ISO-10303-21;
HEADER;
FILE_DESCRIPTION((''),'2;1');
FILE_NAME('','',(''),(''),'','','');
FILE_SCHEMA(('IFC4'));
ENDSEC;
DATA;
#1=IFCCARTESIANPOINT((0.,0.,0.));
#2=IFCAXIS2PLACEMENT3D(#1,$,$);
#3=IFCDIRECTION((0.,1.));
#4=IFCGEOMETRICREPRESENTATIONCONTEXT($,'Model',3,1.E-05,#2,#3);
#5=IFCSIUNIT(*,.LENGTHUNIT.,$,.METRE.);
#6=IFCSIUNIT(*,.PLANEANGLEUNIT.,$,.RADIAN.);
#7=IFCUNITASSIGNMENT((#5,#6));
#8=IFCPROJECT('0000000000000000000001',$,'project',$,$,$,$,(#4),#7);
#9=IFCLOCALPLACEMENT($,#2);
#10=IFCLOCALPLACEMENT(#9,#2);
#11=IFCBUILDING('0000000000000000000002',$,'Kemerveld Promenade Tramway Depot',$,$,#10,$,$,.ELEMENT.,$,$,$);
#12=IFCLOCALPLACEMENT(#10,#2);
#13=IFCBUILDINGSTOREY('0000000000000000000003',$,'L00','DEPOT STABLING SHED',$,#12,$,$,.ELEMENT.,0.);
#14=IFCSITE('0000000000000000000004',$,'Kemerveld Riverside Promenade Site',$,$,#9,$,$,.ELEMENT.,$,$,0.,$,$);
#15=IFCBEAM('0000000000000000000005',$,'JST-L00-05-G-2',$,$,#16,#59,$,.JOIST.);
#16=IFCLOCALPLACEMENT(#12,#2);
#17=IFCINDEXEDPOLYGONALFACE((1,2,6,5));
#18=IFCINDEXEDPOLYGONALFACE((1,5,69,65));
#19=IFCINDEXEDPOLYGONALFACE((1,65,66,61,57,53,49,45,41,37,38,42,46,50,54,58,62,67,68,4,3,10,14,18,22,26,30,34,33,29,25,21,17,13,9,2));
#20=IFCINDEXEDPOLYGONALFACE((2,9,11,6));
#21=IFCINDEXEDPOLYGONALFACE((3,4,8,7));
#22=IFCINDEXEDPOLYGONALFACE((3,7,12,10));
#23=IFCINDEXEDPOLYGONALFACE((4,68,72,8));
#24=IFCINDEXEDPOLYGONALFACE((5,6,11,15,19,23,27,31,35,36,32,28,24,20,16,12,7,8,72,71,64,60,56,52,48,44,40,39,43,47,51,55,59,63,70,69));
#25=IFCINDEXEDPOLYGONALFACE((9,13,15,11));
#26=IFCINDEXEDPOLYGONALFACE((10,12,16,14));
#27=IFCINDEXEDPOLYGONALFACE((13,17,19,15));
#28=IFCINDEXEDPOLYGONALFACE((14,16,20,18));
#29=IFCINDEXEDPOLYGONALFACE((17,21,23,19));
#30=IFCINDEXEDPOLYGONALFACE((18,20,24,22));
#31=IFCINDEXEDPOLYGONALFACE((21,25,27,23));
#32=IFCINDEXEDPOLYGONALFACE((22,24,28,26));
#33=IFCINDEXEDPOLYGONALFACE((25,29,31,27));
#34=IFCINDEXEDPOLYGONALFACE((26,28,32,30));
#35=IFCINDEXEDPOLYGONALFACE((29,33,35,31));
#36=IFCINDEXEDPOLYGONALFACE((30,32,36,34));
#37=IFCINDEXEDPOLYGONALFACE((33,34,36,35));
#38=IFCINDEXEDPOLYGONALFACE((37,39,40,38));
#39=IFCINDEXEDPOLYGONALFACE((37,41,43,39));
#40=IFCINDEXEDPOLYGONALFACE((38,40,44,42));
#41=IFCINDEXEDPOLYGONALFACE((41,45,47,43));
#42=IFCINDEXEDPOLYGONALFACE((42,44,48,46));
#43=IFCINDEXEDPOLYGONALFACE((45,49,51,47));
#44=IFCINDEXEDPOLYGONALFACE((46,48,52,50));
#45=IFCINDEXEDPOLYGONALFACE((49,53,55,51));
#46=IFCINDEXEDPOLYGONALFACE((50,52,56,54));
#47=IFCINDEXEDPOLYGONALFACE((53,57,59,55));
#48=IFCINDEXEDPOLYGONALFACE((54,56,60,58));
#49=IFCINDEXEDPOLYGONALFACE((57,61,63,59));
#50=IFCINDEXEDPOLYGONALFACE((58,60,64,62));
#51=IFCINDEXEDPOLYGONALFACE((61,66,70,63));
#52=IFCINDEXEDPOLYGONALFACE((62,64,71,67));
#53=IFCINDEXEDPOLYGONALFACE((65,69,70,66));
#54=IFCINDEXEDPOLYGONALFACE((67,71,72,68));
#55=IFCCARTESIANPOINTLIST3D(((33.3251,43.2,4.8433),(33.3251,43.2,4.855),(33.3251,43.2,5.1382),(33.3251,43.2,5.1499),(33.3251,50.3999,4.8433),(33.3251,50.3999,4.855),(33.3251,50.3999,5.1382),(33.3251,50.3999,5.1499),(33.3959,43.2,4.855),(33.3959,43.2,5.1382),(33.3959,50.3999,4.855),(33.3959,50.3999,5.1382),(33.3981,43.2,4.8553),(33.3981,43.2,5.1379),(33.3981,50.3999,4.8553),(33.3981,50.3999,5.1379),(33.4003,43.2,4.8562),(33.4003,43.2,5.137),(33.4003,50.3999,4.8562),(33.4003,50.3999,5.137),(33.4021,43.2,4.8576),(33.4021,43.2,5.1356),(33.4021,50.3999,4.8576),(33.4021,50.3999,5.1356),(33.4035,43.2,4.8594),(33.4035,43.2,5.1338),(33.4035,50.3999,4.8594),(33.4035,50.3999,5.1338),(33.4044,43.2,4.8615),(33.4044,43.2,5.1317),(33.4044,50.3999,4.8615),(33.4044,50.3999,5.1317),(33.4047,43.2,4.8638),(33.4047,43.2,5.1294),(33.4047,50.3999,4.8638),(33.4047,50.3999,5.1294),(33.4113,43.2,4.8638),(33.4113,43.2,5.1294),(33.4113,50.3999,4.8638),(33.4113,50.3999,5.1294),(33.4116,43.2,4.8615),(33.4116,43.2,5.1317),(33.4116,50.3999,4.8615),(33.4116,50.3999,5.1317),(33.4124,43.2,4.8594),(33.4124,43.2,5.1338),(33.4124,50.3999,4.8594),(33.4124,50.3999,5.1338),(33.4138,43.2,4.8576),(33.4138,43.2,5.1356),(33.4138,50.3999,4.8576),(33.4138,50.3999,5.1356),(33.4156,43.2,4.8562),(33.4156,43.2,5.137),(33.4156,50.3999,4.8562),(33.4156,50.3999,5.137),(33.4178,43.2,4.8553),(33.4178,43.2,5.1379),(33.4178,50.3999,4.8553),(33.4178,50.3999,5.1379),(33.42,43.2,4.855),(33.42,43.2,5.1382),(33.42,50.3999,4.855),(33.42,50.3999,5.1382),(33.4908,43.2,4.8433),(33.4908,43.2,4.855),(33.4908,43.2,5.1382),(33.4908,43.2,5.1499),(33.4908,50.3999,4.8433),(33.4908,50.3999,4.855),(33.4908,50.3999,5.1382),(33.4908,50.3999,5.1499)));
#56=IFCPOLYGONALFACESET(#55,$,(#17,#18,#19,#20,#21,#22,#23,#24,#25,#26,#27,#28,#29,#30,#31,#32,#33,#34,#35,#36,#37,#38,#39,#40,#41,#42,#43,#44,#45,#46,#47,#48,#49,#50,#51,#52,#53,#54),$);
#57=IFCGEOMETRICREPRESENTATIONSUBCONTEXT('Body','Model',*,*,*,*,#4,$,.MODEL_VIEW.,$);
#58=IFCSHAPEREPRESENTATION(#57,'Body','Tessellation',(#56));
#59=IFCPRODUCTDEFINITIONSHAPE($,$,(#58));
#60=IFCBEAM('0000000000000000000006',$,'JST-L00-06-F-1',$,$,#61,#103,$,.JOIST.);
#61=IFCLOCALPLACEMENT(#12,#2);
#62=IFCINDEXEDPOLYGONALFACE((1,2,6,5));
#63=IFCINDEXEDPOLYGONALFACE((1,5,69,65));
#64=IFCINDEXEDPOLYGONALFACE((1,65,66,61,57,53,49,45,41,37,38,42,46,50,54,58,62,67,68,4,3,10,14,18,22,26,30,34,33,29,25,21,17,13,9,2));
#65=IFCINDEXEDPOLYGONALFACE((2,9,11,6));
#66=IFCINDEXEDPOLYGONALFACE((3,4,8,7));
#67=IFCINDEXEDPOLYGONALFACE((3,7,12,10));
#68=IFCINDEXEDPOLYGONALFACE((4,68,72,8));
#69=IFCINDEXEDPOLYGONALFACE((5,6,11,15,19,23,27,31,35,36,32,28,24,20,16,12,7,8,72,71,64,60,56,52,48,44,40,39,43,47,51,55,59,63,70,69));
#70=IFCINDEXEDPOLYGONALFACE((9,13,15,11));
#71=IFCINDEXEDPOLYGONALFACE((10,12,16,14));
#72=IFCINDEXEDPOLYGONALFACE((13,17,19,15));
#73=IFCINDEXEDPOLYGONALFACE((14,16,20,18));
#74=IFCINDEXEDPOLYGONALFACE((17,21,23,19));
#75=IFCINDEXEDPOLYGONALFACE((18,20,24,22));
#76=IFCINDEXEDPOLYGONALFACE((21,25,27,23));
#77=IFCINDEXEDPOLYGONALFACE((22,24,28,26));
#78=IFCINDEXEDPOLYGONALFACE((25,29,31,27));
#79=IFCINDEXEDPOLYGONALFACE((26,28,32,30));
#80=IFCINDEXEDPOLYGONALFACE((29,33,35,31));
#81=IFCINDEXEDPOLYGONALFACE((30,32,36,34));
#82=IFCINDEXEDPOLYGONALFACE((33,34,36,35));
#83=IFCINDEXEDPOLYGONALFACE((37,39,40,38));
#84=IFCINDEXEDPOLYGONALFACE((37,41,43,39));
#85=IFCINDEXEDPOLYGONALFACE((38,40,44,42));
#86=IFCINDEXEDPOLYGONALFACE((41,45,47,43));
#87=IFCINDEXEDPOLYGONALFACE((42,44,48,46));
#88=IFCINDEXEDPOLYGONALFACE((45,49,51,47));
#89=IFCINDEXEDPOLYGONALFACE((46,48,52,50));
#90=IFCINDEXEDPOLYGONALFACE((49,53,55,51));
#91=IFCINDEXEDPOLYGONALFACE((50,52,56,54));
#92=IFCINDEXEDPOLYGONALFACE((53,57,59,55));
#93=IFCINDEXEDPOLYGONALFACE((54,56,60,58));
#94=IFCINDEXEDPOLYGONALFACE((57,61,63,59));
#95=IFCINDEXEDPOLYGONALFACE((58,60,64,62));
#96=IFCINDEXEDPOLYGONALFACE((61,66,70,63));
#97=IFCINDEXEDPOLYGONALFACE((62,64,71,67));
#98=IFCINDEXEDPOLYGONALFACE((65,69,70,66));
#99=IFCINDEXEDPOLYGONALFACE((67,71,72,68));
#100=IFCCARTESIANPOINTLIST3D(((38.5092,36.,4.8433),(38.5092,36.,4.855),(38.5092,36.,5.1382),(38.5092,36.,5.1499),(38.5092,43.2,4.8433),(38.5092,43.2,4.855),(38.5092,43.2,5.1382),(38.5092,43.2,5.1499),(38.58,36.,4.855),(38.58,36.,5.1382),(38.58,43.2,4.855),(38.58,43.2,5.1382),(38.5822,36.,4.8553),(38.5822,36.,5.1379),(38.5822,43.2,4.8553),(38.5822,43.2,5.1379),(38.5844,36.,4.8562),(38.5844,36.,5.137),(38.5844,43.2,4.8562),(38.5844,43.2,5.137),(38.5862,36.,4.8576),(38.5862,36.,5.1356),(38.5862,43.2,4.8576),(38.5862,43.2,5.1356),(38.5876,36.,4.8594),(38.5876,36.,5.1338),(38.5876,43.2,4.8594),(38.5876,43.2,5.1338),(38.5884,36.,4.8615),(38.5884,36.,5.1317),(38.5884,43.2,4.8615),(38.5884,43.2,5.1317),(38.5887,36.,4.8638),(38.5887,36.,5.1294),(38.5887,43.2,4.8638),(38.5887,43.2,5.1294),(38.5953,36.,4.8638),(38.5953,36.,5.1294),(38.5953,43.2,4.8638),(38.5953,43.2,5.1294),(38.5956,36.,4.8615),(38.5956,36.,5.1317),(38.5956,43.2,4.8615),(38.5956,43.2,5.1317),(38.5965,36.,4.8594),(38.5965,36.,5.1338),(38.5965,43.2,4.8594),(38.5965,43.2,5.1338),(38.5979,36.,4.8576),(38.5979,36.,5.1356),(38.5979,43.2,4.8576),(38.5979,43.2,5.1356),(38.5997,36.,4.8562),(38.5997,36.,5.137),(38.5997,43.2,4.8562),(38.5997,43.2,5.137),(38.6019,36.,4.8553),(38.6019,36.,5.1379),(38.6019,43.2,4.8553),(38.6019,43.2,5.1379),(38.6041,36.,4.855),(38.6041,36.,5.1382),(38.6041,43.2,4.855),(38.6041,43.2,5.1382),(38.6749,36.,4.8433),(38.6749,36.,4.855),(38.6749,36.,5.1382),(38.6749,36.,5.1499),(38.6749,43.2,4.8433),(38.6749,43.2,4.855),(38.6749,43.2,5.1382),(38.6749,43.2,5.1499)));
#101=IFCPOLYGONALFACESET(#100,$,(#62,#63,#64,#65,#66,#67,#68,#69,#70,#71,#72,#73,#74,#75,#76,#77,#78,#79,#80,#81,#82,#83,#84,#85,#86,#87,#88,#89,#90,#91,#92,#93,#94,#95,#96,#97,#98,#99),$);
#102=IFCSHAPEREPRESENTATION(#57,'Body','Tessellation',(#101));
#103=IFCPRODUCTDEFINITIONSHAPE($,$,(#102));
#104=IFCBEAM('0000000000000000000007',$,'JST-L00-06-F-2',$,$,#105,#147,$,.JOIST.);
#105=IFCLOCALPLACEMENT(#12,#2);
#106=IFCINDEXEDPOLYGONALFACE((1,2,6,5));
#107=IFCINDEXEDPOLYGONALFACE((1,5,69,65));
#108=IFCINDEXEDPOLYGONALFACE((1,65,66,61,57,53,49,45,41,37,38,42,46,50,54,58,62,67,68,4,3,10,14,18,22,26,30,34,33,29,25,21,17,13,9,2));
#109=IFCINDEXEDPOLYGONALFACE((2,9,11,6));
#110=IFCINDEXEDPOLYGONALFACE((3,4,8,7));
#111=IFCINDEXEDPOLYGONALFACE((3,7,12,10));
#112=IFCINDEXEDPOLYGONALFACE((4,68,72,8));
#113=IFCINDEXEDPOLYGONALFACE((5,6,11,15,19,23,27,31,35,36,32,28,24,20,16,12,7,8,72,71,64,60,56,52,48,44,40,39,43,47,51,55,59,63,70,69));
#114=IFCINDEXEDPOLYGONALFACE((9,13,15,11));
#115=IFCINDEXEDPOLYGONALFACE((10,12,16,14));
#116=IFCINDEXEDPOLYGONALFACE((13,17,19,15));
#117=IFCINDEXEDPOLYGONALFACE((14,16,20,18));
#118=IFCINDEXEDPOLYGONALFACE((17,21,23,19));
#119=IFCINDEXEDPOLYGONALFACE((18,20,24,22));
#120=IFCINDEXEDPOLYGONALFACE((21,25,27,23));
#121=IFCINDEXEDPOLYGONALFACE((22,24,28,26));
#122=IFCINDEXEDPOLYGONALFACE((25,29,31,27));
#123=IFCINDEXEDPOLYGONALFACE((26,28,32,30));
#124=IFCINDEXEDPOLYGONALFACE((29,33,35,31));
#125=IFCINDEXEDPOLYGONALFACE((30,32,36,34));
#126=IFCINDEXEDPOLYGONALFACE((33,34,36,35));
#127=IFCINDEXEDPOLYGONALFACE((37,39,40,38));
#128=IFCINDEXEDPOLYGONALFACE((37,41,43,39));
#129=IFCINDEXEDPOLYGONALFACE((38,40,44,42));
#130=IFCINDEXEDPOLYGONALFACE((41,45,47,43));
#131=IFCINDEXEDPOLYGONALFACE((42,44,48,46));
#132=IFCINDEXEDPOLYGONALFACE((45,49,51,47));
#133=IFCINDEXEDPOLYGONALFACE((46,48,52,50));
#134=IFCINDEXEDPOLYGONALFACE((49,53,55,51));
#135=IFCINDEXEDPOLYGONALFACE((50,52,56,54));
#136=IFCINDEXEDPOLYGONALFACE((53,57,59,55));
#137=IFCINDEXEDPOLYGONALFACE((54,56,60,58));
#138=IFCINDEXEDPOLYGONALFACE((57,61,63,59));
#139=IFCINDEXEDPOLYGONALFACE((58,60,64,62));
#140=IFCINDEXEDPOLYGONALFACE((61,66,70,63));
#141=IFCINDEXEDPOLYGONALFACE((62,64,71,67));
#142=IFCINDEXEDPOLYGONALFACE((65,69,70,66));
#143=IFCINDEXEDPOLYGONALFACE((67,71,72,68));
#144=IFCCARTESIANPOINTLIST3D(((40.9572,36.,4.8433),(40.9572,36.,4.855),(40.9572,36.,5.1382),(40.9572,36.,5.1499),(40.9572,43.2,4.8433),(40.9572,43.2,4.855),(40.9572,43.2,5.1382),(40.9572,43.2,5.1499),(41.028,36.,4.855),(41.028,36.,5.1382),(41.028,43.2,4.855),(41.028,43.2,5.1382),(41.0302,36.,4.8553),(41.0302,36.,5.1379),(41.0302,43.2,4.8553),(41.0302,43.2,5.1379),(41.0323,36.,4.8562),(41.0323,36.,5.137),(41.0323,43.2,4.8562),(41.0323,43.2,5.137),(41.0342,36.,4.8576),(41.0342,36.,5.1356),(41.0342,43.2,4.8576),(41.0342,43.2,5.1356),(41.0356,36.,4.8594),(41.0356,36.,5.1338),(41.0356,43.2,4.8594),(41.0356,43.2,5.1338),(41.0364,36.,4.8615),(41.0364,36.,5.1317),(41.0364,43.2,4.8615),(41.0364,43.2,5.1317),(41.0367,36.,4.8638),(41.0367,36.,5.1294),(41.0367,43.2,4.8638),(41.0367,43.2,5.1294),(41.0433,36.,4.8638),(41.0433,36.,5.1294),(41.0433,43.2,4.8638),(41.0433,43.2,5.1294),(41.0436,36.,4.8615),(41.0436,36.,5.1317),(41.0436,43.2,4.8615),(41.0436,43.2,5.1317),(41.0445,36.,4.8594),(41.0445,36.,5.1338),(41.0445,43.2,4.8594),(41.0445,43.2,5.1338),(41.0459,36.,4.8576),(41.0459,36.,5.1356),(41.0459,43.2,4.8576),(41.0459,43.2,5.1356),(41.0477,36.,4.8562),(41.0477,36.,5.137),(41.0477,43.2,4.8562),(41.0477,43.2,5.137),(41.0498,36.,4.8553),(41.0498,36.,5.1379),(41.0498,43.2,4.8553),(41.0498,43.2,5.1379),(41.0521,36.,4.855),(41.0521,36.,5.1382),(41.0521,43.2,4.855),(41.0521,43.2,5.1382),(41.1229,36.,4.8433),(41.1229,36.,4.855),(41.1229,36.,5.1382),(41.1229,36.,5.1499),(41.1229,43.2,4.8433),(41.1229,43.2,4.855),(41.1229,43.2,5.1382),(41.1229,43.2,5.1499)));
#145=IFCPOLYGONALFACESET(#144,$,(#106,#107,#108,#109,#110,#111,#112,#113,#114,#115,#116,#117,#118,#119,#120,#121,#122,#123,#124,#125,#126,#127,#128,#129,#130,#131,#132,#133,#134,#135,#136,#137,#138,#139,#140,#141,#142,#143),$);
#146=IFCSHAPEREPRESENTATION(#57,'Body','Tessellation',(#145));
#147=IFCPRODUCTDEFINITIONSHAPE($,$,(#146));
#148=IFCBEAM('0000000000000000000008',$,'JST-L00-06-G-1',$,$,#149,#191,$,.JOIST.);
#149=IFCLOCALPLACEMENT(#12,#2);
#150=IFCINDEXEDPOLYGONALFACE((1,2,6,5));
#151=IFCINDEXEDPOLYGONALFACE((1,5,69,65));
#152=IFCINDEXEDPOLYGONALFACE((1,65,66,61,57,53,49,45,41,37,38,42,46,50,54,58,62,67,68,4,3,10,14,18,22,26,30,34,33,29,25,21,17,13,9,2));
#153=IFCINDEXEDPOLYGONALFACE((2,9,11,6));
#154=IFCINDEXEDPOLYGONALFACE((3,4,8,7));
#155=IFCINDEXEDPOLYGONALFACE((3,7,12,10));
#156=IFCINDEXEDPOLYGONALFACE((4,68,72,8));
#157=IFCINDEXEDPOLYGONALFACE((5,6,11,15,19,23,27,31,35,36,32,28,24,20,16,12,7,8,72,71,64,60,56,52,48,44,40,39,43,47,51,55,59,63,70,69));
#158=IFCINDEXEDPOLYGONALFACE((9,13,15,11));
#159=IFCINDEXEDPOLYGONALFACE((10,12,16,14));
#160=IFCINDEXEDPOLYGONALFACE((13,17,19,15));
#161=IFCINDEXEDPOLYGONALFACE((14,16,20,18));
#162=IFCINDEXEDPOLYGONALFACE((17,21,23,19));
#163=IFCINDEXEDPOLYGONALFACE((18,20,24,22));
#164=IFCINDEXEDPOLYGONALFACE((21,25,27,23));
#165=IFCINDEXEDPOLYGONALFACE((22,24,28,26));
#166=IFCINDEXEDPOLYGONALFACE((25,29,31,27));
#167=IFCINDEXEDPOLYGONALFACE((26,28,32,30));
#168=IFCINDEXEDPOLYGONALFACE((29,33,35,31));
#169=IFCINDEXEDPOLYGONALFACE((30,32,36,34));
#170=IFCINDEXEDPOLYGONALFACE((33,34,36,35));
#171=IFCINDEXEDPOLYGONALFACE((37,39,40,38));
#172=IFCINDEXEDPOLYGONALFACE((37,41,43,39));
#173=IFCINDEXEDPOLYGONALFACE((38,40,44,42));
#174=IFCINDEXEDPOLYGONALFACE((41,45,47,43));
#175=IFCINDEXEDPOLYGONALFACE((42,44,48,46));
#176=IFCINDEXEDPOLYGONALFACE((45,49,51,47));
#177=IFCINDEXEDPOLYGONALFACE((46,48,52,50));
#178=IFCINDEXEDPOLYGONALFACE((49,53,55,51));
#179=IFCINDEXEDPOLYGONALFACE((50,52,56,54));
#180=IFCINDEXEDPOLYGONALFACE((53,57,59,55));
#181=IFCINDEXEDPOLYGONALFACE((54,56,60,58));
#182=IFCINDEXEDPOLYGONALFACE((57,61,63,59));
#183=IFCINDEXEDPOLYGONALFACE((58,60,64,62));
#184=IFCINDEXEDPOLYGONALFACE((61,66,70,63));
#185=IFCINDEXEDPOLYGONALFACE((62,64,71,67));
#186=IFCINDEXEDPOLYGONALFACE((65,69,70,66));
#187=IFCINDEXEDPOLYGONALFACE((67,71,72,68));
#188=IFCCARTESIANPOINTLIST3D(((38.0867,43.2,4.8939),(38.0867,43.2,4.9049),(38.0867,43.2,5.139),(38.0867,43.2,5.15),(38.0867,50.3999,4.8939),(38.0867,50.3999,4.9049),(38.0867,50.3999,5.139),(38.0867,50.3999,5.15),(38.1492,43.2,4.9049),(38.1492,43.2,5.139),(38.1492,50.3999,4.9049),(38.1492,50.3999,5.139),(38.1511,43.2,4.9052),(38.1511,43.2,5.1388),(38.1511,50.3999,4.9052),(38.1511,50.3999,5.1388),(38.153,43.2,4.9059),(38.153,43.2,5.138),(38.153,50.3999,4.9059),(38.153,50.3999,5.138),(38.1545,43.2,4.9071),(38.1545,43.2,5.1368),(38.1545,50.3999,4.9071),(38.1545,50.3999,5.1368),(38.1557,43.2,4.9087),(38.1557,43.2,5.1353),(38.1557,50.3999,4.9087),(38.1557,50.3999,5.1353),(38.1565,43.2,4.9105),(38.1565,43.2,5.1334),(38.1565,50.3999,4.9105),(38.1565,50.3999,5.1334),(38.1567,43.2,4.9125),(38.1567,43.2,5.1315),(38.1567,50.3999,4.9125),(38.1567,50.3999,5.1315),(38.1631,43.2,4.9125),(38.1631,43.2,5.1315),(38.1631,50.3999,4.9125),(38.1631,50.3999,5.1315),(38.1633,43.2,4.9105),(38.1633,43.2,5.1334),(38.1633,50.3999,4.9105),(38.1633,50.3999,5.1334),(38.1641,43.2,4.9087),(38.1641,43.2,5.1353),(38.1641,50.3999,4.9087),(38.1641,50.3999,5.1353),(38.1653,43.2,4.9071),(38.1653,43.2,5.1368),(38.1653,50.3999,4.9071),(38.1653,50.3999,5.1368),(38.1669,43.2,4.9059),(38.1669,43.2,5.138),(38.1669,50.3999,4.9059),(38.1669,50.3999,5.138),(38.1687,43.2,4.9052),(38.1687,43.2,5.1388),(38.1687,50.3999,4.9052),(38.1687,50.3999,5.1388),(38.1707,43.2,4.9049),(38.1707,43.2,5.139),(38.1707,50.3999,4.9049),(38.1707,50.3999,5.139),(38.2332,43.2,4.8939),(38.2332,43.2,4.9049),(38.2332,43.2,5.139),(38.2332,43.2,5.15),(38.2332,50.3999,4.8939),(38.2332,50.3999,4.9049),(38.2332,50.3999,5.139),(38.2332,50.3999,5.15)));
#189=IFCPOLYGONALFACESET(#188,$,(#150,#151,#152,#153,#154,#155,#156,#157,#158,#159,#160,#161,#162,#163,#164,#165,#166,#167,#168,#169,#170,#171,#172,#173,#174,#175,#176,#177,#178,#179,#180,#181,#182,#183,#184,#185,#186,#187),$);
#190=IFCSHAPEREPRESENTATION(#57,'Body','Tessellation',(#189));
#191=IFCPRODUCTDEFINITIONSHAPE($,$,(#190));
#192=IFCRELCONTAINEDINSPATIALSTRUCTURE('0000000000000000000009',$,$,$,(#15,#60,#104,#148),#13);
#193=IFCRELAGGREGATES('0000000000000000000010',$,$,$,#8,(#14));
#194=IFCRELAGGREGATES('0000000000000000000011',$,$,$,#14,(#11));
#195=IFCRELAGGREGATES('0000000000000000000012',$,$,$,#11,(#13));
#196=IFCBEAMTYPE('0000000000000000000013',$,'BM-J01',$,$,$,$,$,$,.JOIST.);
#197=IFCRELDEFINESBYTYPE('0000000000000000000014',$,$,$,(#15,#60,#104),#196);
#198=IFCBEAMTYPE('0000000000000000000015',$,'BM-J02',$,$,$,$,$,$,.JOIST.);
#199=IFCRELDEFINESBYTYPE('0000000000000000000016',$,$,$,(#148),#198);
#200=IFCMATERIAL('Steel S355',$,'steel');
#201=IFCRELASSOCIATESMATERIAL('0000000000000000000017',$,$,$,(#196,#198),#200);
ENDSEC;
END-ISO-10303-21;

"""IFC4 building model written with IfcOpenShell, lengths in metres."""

from ifc_helpers import new_model, si_unit, direction, frame, origin, origin_2d, place, context, subcontext, project, spatial, i_section, extrude, material, material_profile, profile_set, type_object, element, save


model = new_model("IFC4")

# Units and contexts
model_context = context("Model", 3, precision=1e-05, world=origin(), true_north=direction((0.0, 1.0)))
body_context = subcontext(model_context, "Body", "Model", "MODEL_VIEW")
ifc_project = project(units=[si_unit("LENGTHUNIT", "METRE"), si_unit("PLANEANGLEUNIT", "RADIAN")], contexts=[model_context])

# Site, building, storey
site_placement = place(None, origin())
site = spatial("IfcSite", under=ifc_project, at=site_placement, Name="Kemerveld Riverside Promenade Site", CompositionType="ELEMENT", RefElevation=0.0)
building_placement = place(site_placement, origin())
building = spatial("IfcBuilding", under=site, at=building_placement, Name="Kemerveld Promenade Tramway Depot", CompositionType="ELEMENT")
storey_placement = place(building_placement, origin())
storey = spatial("IfcBuildingStorey", under=building, at=storey_placement, Name="L00", Description="DEPOT STABLING SHED", CompositionType="ELEMENT", Elevation=0.0)

# Shared definitions
ifc_material_1 = material(Name="Steel S355", Category="steel")

# Beams
ifc_material_profile_1 = material_profile(ifc_material_1, i_section(OverallWidth=0.1658, OverallDepth=0.3066, WebThickness=0.0066, FlangeThickness=0.0117, FilletRadius=0.0088, at=origin_2d()), Name="305x165x46 UB")
ifc_profile_set_1 = profile_set([ifc_material_profile_1], Name="Steel S355")
beam_type_1 = type_object("IfcBeamType", Name="BM-J01", PredefinedType="JOIST", material=ifc_profile_set_1)
for number, where, z_axis, x_axis, name in (
    (1, (33.408, 43.2, 4.9966), (0.0, 1.0, 0.0), (-1.0, 0.0, 0.0), "JST-L00-05-G-2"),
    (2, (38.592, 36.0, 4.9966), (0.0, 1.0, 0.0), (-1.0, 0.0, 0.0), "JST-L00-06-F-1"),
    (3, (41.04, 36.0, 4.9966), (0.0, 1.0, 0.0), (-1.0, 0.0, 0.0), "JST-L00-06-F-2"),
):
    element("IfcBeam", number, at=place(storey_placement, frame(where, z_axis=z_axis, x_axis=x_axis)), inside=storey, type_object=beam_type_1, Name=name, PredefinedType="JOIST", context=body_context, shape_type="SweptSolid", body=[
        extrude(i_section(OverallWidth=0.1658, OverallDepth=0.3066, WebThickness=0.0066, FlangeThickness=0.0117, FilletRadius=0.0088, at=origin_2d()), origin(), (0.0, 0.0, 1.0), 7.2),
    ])
ifc_material_profile_2 = material_profile(ifc_material_1, i_section(OverallWidth=0.1465, OverallDepth=0.2561, WebThickness=0.0063, FlangeThickness=0.011, FilletRadius=0.0076, at=origin_2d()), Name="254x146x37 UB")
ifc_profile_set_2 = profile_set([ifc_material_profile_2], Name="Steel S355")
beam_type_2 = type_object("IfcBeamType", Name="BM-J02", PredefinedType="JOIST", material=ifc_profile_set_2)
for number, where, z_axis, x_axis, name in (
    (4, (38.1599, 43.2, 5.022), (0.0, 1.0, 0.0), (-1.0, 0.0, 0.0), "JST-L00-06-G-1"),
):
    element("IfcBeam", number, at=place(storey_placement, frame(where, z_axis=z_axis, x_axis=x_axis)), inside=storey, type_object=beam_type_2, Name=name, PredefinedType="JOIST", context=body_context, shape_type="SweptSolid", body=[
        extrude(i_section(OverallWidth=0.1465, OverallDepth=0.2561, WebThickness=0.0063, FlangeThickness=0.011, FilletRadius=0.0076, at=origin_2d()), origin(), (0.0, 0.0, 1.0), 7.2),
    ])

save(model, "model.ifc")
